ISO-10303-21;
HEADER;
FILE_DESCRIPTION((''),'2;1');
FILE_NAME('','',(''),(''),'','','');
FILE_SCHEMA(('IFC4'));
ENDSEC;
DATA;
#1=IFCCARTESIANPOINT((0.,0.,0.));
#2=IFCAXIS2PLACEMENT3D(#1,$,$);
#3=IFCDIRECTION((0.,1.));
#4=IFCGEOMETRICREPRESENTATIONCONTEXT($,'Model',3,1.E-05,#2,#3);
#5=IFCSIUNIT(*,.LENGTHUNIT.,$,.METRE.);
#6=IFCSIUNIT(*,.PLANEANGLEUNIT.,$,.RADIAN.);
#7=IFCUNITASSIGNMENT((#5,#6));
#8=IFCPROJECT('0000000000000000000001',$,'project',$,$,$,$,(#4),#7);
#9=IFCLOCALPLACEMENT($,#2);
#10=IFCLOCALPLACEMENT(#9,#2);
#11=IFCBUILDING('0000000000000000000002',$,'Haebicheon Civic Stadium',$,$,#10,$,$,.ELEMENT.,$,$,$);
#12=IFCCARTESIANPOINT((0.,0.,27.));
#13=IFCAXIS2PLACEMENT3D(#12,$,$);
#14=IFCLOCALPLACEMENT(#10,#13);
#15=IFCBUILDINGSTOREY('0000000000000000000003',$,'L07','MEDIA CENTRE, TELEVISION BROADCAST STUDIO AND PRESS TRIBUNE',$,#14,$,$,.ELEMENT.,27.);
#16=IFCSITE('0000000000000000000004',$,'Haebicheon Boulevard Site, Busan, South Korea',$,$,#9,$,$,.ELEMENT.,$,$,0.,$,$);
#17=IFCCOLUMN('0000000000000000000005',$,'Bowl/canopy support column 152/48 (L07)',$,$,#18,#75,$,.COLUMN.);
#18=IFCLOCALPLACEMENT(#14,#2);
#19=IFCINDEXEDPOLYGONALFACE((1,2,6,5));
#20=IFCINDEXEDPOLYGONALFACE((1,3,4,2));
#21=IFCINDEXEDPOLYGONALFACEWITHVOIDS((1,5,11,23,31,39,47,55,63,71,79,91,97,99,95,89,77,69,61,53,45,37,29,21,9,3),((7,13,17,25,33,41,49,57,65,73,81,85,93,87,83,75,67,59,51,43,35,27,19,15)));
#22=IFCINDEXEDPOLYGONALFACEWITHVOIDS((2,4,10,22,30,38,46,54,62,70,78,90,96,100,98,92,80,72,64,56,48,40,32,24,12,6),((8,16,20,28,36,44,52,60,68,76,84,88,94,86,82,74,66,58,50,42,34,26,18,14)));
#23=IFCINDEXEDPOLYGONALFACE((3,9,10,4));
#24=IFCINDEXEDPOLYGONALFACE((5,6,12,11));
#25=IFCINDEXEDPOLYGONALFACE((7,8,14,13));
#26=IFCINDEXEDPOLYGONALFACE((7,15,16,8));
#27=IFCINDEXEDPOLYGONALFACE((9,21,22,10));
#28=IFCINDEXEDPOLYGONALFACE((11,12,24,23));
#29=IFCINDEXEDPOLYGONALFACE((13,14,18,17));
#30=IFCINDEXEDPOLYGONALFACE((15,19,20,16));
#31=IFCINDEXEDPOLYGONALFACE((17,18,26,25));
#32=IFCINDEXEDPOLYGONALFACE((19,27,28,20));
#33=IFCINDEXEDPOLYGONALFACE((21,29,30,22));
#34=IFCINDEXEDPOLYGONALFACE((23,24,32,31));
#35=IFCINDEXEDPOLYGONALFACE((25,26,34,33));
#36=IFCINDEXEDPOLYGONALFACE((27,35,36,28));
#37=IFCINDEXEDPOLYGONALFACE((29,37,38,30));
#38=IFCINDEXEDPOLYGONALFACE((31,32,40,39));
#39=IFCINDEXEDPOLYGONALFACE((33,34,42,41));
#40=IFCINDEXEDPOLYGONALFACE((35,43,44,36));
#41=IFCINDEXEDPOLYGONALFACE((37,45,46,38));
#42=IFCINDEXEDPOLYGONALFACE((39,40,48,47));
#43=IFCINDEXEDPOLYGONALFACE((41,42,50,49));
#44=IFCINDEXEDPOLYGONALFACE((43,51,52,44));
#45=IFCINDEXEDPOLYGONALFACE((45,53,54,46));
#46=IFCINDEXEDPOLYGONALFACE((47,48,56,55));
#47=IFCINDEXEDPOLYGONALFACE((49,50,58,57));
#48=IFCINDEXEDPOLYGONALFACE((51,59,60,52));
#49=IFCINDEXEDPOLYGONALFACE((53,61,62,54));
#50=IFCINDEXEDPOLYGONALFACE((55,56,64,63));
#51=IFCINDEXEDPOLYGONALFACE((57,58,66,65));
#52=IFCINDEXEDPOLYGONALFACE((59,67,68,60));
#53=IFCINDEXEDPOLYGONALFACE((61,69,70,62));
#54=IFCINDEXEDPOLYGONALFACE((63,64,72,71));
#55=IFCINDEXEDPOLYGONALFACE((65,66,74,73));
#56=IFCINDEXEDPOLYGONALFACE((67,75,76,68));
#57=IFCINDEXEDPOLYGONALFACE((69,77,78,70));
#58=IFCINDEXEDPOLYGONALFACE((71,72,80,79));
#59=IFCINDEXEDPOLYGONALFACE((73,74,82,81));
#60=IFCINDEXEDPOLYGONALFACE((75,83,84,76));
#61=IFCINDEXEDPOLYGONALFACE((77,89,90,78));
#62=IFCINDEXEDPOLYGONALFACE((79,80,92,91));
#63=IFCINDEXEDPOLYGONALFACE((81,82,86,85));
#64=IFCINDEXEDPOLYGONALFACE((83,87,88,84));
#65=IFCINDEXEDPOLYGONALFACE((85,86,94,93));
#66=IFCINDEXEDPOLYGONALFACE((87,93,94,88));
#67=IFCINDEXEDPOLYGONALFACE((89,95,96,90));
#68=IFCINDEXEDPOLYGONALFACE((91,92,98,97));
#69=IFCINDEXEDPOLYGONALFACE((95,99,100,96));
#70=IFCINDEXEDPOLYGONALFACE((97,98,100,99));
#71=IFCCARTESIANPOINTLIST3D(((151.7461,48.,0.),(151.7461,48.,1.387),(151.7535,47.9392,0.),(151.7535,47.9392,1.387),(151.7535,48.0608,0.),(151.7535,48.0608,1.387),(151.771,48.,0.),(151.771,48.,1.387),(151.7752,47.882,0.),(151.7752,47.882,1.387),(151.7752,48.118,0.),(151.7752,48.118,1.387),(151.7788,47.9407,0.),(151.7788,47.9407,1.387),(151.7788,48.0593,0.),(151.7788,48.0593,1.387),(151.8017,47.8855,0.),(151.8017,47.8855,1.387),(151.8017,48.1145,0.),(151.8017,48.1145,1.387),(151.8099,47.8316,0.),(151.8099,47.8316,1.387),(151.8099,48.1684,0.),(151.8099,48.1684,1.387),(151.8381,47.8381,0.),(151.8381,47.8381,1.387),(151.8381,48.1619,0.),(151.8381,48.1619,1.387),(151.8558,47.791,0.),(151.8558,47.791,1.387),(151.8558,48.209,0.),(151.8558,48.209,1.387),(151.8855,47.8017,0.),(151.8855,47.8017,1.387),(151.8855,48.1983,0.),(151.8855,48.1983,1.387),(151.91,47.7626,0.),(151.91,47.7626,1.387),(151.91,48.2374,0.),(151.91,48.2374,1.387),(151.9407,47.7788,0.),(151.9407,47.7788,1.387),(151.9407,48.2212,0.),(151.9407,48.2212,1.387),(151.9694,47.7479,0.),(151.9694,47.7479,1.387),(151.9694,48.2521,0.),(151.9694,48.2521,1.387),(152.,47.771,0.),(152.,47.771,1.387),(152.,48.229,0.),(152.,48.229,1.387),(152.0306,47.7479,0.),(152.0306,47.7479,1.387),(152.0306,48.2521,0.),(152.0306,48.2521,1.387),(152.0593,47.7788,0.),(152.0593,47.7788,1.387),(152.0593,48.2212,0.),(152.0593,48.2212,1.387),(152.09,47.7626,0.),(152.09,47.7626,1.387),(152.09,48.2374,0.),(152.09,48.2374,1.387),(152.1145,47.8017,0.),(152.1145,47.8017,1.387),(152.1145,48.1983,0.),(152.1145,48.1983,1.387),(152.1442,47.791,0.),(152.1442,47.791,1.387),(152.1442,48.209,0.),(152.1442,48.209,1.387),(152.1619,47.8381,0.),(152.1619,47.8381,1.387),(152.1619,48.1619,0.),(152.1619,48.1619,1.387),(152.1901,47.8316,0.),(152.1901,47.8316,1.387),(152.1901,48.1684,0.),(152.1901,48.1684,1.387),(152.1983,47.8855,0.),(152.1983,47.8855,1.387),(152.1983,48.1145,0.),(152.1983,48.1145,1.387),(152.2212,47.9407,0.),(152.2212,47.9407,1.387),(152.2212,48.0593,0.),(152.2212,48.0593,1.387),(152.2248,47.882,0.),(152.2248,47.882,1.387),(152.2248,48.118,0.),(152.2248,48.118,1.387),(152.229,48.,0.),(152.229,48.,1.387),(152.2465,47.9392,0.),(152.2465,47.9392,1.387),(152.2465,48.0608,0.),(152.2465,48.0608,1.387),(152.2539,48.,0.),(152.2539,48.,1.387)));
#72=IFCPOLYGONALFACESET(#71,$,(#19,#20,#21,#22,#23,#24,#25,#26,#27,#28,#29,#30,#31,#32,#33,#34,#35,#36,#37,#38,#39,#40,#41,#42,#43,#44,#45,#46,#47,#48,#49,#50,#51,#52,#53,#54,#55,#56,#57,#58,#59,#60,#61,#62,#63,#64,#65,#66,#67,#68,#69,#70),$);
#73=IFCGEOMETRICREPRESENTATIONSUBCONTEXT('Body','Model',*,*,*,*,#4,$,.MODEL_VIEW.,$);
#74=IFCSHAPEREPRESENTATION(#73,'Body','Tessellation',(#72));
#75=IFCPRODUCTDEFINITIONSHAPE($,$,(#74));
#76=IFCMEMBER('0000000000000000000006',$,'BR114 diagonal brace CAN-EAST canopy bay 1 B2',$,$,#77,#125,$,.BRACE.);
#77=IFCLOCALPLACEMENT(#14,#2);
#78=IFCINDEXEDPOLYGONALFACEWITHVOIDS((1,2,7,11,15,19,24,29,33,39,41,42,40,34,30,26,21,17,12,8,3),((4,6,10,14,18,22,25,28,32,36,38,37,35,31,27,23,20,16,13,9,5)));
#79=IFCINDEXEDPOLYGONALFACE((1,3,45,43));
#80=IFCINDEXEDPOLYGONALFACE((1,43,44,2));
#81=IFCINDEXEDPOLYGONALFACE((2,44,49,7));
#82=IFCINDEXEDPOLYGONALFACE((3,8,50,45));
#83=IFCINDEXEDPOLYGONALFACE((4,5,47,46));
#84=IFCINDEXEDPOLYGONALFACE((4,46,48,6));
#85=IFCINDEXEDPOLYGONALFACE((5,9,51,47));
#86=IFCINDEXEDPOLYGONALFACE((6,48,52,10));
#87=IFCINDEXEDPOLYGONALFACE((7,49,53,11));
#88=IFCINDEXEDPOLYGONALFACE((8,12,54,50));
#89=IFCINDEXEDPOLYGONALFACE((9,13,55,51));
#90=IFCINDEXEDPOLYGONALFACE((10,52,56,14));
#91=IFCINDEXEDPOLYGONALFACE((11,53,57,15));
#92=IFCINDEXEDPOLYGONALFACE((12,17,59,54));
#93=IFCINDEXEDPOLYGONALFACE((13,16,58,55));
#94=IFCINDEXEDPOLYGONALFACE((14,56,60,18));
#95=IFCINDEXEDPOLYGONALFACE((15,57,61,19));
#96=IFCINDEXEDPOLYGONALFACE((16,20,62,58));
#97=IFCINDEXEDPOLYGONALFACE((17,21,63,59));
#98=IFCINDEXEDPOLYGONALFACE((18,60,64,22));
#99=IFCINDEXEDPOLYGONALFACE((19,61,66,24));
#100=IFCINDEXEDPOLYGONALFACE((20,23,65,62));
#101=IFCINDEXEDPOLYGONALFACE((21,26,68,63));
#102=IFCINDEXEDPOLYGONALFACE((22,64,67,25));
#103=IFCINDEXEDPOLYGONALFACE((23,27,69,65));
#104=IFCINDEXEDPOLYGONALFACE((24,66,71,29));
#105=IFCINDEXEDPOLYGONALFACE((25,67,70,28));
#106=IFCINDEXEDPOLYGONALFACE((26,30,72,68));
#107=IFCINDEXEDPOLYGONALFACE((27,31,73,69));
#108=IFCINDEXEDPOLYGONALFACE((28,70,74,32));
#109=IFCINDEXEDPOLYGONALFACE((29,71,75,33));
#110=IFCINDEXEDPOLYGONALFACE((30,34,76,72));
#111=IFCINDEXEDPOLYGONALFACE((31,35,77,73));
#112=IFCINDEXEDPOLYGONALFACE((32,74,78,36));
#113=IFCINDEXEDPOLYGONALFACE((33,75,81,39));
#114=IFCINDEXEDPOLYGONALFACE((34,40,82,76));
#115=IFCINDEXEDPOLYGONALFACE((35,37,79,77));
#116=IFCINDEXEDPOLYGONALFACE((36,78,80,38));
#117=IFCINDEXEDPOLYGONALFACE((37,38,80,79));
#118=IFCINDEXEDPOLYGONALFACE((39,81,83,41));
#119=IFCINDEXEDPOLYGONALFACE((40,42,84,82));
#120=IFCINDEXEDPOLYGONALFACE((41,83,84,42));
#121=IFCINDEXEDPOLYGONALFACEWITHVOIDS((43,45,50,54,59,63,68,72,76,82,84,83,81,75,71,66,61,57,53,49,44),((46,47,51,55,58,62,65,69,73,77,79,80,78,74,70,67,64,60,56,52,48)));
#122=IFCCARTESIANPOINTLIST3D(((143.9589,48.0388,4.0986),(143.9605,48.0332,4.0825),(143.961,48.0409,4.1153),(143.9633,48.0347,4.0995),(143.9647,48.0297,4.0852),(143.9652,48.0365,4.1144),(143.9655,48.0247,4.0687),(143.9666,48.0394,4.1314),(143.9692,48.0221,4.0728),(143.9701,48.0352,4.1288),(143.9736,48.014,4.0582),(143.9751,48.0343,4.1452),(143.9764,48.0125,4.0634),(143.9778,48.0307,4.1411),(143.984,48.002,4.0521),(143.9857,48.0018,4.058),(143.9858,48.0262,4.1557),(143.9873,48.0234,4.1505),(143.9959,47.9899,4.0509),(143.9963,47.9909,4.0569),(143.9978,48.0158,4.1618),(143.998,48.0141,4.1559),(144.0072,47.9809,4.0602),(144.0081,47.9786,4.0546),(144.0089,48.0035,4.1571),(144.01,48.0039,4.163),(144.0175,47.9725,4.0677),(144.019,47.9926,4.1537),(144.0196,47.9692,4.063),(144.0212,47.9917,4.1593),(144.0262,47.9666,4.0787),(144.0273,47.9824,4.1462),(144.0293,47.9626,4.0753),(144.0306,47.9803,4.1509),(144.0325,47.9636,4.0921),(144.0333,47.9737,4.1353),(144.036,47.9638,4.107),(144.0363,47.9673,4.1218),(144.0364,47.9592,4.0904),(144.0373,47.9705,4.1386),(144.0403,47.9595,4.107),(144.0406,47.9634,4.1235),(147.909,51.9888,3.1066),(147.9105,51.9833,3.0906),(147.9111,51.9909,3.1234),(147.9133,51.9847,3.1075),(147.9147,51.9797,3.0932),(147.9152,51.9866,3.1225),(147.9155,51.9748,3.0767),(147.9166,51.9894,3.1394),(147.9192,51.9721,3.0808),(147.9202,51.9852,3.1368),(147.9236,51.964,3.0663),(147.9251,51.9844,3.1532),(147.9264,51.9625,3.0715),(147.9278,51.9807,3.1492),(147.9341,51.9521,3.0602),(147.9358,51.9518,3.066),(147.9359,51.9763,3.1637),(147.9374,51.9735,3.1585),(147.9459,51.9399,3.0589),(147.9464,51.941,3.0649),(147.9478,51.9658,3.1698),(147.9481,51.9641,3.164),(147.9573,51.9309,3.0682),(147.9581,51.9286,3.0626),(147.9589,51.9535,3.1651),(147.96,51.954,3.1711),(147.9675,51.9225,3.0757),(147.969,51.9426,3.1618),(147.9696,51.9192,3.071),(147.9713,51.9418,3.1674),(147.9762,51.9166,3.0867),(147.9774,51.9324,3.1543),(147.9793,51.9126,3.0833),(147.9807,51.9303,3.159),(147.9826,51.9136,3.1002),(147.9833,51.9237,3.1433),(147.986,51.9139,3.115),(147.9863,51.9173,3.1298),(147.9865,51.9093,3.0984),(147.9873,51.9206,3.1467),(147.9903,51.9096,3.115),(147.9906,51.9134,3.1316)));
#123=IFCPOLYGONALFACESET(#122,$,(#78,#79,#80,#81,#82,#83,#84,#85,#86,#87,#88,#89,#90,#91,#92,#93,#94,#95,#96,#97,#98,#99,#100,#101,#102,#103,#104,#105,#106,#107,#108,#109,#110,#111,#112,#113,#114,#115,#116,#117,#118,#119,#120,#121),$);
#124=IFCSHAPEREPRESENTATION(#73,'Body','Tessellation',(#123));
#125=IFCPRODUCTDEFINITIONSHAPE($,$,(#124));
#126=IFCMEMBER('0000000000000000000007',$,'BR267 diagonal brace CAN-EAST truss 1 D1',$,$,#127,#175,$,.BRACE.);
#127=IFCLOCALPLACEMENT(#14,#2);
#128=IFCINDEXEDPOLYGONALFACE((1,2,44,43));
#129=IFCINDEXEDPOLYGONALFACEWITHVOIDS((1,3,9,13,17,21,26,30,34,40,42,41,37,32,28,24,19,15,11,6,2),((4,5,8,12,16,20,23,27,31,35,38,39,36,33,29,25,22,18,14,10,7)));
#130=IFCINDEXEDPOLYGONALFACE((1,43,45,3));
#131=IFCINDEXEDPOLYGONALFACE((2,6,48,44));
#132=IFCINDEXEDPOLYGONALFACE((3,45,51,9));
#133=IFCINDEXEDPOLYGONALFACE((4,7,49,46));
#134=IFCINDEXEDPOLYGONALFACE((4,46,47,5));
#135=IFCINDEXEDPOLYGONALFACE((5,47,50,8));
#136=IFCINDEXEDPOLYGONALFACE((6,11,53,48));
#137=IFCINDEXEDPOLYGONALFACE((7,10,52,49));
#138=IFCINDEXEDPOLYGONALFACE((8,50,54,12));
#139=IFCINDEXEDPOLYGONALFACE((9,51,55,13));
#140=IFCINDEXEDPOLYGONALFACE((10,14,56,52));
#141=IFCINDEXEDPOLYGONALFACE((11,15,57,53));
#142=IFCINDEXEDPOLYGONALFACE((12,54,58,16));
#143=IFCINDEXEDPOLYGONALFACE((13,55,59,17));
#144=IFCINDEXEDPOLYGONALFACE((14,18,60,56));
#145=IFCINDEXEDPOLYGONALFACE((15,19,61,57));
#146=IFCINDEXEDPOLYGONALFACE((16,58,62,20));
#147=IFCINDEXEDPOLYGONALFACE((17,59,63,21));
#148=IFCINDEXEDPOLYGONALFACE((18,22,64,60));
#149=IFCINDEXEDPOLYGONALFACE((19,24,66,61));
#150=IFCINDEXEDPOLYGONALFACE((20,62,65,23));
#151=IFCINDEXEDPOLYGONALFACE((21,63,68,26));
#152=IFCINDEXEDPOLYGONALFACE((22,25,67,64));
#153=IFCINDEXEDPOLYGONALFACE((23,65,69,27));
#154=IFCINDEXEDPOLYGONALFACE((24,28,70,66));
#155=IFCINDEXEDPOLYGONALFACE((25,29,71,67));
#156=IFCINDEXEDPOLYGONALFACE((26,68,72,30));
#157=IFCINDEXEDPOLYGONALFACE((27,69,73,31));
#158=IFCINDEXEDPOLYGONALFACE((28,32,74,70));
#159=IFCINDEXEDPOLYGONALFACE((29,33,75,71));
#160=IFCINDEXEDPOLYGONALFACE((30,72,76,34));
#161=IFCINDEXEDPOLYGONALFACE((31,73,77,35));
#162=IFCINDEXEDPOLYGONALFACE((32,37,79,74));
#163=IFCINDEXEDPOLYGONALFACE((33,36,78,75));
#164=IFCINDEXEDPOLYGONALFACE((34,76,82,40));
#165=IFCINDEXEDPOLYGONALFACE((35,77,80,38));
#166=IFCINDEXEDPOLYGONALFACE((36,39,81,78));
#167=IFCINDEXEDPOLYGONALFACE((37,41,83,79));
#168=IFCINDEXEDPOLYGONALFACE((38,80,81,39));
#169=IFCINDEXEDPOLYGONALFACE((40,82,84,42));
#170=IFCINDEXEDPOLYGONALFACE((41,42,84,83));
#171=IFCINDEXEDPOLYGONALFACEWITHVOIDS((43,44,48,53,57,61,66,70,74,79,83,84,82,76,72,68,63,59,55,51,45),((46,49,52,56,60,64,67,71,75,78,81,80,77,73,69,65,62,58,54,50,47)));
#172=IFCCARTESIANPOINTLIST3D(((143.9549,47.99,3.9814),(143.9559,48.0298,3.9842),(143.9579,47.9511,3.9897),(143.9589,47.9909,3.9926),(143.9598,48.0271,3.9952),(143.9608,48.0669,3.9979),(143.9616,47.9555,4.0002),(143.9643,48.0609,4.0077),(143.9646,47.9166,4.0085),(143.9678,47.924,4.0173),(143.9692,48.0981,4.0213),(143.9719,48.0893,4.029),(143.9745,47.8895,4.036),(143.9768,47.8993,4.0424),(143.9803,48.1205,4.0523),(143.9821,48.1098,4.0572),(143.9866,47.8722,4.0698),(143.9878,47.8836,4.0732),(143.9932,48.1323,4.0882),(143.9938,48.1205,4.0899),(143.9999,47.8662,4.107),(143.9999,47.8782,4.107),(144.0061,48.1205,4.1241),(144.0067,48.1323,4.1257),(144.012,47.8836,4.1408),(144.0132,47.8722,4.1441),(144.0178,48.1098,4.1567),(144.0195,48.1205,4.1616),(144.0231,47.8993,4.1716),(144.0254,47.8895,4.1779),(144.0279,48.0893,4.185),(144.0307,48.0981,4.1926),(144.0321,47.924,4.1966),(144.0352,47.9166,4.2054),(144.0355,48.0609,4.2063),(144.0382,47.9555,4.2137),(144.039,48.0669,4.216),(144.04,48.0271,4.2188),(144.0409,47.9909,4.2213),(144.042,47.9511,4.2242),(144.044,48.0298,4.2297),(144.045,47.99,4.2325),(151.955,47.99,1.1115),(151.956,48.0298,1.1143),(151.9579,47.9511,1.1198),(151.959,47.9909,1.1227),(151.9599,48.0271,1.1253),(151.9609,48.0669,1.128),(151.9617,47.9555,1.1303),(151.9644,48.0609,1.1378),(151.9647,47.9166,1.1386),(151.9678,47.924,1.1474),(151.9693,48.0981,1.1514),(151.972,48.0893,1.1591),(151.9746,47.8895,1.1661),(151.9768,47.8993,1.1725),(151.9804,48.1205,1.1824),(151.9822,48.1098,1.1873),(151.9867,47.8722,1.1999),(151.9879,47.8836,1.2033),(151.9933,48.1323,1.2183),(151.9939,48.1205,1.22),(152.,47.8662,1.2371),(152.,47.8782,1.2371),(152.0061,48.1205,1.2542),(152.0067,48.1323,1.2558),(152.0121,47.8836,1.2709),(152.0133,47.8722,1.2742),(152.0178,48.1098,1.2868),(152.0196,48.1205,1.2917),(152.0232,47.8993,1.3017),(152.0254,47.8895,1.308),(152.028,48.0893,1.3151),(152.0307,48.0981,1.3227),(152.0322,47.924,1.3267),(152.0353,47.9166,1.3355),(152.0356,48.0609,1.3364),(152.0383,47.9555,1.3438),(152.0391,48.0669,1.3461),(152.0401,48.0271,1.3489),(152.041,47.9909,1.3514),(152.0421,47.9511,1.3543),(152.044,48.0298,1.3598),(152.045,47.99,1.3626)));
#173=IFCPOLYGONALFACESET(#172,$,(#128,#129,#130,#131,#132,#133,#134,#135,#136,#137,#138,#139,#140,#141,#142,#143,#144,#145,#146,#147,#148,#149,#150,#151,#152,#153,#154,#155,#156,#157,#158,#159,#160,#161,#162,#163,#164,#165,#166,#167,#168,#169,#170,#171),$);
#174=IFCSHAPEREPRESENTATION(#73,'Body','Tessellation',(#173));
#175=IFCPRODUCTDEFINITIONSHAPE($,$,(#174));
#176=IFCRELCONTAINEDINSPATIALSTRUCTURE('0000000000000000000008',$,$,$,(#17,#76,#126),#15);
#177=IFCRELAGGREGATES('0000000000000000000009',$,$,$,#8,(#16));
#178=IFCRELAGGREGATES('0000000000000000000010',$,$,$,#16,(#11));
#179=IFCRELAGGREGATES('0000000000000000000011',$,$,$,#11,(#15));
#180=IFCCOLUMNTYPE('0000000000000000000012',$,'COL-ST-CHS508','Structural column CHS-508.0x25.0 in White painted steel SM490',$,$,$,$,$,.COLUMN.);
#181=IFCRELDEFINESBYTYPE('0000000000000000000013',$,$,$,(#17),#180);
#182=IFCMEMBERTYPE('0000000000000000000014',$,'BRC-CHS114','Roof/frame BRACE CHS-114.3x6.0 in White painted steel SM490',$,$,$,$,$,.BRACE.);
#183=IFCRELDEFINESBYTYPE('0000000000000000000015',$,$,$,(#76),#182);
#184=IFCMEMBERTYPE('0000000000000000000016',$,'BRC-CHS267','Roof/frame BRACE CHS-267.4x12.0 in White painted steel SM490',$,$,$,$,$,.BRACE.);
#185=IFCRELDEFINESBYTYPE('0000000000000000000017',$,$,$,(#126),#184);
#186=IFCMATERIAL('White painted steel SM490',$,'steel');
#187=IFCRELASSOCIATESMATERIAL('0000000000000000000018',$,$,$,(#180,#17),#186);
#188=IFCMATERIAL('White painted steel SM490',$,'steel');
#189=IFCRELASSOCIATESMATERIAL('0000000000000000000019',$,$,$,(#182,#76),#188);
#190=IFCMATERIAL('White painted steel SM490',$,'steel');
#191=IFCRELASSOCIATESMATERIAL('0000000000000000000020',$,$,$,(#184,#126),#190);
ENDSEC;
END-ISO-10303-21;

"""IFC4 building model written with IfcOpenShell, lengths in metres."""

from ifc_helpers import new_model, si_unit, direction, frame, origin, origin_2d, place, context, subcontext, project, spatial, hollow_circle, extrude, material, material_profile, profile_set, type_object, element, save


model = new_model("IFC4")

# Units and contexts
model_context = context("Model", 3, precision=1e-05, world=origin(), true_north=direction((0.0, 1.0)))
body_context = subcontext(model_context, "Body", "Model", "MODEL_VIEW")
ifc_project = project(units=[si_unit("LENGTHUNIT", "METRE"), si_unit("PLANEANGLEUNIT", "RADIAN")], contexts=[model_context])

# Site, building, storey
site_placement = place(None, origin())
site = spatial("IfcSite", under=ifc_project, at=site_placement, Name="Haebicheon Boulevard Site, Busan, South Korea", CompositionType="ELEMENT", RefElevation=0.0)
building_placement = place(site_placement, origin())
building = spatial("IfcBuilding", under=site, at=building_placement, Name="Haebicheon Civic Stadium", CompositionType="ELEMENT")
storey_placement = place(building_placement, frame((0.0, 0.0, 27.0)))
storey = spatial("IfcBuildingStorey", under=building, at=storey_placement, Name="L07", Description="MEDIA CENTRE, TELEVISION BROADCAST STUDIO AND PRESS TRIBUNE", CompositionType="ELEMENT", Elevation=27.0)

# Column
ifc_material_1 = material(Name="White painted steel SM490", Category="steel")
ifc_material_profile_1 = material_profile(ifc_material_1, hollow_circle(Radius=0.2539, WallThickness=0.0249, at=origin_2d()), Name="CHS-508.0x25.0")
ifc_profile_set_1 = profile_set([ifc_material_profile_1], Name="White painted steel SM490")
column_type = type_object("IfcColumnType", Name="COL-ST-CHS508", Description="Structural column CHS-508.0x25.0 in White painted steel SM490", PredefinedType="COLUMN", material=ifc_profile_set_1)
column_placement = place(storey_placement, frame((152.0, 48.0, 0.0), z_axis=(0.0, 0.0, 1.0), x_axis=(1.0, 0.0, 0.0)))
element("IfcColumn", 1, at=column_placement, inside=storey, type_object=column_type, material=ifc_profile_set_1, Name="Bowl/canopy support column 152/48 (L07)", PredefinedType="COLUMN", context=body_context, shape_type="SweptSolid", body=[
    extrude(hollow_circle(Radius=0.2539, WallThickness=0.0249, at=origin_2d()), origin(), (0.0, 0.0, 1.0), 1.387),
])

# Members
ifc_material_2 = material(Name="White painted steel SM490", Category="steel")
ifc_material_profile_2 = material_profile(ifc_material_2, hollow_circle(Radius=0.0571, WallThickness=0.0061, at=origin_2d()), Name="CHS-114.3x6.0")
ifc_profile_set_2 = profile_set([ifc_material_profile_2], Name="White painted steel SM490")
member_type_1 = type_object("IfcMemberType", Name="BRC-CHS114", Description="Roof/frame BRACE CHS-114.3x6.0 in White painted steel SM490", PredefinedType="BRACE", material=ifc_profile_set_2)
member_1_placement = place(storey_placement, frame((147.95, 51.95, 3.115), z_axis=(-0.696215, -0.696215, 0.174839), x_axis=(0.707107, -0.707107, 0.0)))
element("IfcMember", 2, at=member_1_placement, inside=storey, type_object=member_type_1, material=ifc_profile_set_2, Name="BR114 diagonal brace CAN-EAST canopy bay 1 B2", PredefinedType="BRACE", context=body_context, shape_type="SweptSolid", body=[
    extrude(hollow_circle(Radius=0.0571, WallThickness=0.0061, at=origin_2d()), origin(), (0.0, 0.0, 1.0), 5.6736),
])
ifc_material_3 = material(Name="White painted steel SM490", Category="steel")
ifc_material_profile_3 = material_profile(ifc_material_3, hollow_circle(Radius=0.1338, WallThickness=0.012, at=origin_2d()), Name="CHS-267.4x12.0")
ifc_profile_set_3 = profile_set([ifc_material_profile_3], Name="White painted steel SM490")
member_type_2 = type_object("IfcMemberType", Name="BRC-CHS267", Description="Roof/frame BRACE CHS-267.4x12.0 in White painted steel SM490", PredefinedType="BRACE", material=ifc_profile_set_3)
member_2_placement = place(storey_placement, frame((152.0, 48.0, 1.2371), z_axis=(-0.941267, 0.0, 0.337664), x_axis=(0.0, -1.0, 0.0)))
element("IfcMember", 3, at=member_2_placement, inside=storey, type_object=member_type_2, material=ifc_profile_set_3, Name="BR267 diagonal brace CAN-EAST truss 1 D1", PredefinedType="BRACE", context=body_context, shape_type="SweptSolid", body=[
    extrude(hollow_circle(Radius=0.1338, WallThickness=0.012, at=origin_2d()), origin(), (0.0, 0.0, 1.0), 8.4993),
])

save(model, "model.ifc")
